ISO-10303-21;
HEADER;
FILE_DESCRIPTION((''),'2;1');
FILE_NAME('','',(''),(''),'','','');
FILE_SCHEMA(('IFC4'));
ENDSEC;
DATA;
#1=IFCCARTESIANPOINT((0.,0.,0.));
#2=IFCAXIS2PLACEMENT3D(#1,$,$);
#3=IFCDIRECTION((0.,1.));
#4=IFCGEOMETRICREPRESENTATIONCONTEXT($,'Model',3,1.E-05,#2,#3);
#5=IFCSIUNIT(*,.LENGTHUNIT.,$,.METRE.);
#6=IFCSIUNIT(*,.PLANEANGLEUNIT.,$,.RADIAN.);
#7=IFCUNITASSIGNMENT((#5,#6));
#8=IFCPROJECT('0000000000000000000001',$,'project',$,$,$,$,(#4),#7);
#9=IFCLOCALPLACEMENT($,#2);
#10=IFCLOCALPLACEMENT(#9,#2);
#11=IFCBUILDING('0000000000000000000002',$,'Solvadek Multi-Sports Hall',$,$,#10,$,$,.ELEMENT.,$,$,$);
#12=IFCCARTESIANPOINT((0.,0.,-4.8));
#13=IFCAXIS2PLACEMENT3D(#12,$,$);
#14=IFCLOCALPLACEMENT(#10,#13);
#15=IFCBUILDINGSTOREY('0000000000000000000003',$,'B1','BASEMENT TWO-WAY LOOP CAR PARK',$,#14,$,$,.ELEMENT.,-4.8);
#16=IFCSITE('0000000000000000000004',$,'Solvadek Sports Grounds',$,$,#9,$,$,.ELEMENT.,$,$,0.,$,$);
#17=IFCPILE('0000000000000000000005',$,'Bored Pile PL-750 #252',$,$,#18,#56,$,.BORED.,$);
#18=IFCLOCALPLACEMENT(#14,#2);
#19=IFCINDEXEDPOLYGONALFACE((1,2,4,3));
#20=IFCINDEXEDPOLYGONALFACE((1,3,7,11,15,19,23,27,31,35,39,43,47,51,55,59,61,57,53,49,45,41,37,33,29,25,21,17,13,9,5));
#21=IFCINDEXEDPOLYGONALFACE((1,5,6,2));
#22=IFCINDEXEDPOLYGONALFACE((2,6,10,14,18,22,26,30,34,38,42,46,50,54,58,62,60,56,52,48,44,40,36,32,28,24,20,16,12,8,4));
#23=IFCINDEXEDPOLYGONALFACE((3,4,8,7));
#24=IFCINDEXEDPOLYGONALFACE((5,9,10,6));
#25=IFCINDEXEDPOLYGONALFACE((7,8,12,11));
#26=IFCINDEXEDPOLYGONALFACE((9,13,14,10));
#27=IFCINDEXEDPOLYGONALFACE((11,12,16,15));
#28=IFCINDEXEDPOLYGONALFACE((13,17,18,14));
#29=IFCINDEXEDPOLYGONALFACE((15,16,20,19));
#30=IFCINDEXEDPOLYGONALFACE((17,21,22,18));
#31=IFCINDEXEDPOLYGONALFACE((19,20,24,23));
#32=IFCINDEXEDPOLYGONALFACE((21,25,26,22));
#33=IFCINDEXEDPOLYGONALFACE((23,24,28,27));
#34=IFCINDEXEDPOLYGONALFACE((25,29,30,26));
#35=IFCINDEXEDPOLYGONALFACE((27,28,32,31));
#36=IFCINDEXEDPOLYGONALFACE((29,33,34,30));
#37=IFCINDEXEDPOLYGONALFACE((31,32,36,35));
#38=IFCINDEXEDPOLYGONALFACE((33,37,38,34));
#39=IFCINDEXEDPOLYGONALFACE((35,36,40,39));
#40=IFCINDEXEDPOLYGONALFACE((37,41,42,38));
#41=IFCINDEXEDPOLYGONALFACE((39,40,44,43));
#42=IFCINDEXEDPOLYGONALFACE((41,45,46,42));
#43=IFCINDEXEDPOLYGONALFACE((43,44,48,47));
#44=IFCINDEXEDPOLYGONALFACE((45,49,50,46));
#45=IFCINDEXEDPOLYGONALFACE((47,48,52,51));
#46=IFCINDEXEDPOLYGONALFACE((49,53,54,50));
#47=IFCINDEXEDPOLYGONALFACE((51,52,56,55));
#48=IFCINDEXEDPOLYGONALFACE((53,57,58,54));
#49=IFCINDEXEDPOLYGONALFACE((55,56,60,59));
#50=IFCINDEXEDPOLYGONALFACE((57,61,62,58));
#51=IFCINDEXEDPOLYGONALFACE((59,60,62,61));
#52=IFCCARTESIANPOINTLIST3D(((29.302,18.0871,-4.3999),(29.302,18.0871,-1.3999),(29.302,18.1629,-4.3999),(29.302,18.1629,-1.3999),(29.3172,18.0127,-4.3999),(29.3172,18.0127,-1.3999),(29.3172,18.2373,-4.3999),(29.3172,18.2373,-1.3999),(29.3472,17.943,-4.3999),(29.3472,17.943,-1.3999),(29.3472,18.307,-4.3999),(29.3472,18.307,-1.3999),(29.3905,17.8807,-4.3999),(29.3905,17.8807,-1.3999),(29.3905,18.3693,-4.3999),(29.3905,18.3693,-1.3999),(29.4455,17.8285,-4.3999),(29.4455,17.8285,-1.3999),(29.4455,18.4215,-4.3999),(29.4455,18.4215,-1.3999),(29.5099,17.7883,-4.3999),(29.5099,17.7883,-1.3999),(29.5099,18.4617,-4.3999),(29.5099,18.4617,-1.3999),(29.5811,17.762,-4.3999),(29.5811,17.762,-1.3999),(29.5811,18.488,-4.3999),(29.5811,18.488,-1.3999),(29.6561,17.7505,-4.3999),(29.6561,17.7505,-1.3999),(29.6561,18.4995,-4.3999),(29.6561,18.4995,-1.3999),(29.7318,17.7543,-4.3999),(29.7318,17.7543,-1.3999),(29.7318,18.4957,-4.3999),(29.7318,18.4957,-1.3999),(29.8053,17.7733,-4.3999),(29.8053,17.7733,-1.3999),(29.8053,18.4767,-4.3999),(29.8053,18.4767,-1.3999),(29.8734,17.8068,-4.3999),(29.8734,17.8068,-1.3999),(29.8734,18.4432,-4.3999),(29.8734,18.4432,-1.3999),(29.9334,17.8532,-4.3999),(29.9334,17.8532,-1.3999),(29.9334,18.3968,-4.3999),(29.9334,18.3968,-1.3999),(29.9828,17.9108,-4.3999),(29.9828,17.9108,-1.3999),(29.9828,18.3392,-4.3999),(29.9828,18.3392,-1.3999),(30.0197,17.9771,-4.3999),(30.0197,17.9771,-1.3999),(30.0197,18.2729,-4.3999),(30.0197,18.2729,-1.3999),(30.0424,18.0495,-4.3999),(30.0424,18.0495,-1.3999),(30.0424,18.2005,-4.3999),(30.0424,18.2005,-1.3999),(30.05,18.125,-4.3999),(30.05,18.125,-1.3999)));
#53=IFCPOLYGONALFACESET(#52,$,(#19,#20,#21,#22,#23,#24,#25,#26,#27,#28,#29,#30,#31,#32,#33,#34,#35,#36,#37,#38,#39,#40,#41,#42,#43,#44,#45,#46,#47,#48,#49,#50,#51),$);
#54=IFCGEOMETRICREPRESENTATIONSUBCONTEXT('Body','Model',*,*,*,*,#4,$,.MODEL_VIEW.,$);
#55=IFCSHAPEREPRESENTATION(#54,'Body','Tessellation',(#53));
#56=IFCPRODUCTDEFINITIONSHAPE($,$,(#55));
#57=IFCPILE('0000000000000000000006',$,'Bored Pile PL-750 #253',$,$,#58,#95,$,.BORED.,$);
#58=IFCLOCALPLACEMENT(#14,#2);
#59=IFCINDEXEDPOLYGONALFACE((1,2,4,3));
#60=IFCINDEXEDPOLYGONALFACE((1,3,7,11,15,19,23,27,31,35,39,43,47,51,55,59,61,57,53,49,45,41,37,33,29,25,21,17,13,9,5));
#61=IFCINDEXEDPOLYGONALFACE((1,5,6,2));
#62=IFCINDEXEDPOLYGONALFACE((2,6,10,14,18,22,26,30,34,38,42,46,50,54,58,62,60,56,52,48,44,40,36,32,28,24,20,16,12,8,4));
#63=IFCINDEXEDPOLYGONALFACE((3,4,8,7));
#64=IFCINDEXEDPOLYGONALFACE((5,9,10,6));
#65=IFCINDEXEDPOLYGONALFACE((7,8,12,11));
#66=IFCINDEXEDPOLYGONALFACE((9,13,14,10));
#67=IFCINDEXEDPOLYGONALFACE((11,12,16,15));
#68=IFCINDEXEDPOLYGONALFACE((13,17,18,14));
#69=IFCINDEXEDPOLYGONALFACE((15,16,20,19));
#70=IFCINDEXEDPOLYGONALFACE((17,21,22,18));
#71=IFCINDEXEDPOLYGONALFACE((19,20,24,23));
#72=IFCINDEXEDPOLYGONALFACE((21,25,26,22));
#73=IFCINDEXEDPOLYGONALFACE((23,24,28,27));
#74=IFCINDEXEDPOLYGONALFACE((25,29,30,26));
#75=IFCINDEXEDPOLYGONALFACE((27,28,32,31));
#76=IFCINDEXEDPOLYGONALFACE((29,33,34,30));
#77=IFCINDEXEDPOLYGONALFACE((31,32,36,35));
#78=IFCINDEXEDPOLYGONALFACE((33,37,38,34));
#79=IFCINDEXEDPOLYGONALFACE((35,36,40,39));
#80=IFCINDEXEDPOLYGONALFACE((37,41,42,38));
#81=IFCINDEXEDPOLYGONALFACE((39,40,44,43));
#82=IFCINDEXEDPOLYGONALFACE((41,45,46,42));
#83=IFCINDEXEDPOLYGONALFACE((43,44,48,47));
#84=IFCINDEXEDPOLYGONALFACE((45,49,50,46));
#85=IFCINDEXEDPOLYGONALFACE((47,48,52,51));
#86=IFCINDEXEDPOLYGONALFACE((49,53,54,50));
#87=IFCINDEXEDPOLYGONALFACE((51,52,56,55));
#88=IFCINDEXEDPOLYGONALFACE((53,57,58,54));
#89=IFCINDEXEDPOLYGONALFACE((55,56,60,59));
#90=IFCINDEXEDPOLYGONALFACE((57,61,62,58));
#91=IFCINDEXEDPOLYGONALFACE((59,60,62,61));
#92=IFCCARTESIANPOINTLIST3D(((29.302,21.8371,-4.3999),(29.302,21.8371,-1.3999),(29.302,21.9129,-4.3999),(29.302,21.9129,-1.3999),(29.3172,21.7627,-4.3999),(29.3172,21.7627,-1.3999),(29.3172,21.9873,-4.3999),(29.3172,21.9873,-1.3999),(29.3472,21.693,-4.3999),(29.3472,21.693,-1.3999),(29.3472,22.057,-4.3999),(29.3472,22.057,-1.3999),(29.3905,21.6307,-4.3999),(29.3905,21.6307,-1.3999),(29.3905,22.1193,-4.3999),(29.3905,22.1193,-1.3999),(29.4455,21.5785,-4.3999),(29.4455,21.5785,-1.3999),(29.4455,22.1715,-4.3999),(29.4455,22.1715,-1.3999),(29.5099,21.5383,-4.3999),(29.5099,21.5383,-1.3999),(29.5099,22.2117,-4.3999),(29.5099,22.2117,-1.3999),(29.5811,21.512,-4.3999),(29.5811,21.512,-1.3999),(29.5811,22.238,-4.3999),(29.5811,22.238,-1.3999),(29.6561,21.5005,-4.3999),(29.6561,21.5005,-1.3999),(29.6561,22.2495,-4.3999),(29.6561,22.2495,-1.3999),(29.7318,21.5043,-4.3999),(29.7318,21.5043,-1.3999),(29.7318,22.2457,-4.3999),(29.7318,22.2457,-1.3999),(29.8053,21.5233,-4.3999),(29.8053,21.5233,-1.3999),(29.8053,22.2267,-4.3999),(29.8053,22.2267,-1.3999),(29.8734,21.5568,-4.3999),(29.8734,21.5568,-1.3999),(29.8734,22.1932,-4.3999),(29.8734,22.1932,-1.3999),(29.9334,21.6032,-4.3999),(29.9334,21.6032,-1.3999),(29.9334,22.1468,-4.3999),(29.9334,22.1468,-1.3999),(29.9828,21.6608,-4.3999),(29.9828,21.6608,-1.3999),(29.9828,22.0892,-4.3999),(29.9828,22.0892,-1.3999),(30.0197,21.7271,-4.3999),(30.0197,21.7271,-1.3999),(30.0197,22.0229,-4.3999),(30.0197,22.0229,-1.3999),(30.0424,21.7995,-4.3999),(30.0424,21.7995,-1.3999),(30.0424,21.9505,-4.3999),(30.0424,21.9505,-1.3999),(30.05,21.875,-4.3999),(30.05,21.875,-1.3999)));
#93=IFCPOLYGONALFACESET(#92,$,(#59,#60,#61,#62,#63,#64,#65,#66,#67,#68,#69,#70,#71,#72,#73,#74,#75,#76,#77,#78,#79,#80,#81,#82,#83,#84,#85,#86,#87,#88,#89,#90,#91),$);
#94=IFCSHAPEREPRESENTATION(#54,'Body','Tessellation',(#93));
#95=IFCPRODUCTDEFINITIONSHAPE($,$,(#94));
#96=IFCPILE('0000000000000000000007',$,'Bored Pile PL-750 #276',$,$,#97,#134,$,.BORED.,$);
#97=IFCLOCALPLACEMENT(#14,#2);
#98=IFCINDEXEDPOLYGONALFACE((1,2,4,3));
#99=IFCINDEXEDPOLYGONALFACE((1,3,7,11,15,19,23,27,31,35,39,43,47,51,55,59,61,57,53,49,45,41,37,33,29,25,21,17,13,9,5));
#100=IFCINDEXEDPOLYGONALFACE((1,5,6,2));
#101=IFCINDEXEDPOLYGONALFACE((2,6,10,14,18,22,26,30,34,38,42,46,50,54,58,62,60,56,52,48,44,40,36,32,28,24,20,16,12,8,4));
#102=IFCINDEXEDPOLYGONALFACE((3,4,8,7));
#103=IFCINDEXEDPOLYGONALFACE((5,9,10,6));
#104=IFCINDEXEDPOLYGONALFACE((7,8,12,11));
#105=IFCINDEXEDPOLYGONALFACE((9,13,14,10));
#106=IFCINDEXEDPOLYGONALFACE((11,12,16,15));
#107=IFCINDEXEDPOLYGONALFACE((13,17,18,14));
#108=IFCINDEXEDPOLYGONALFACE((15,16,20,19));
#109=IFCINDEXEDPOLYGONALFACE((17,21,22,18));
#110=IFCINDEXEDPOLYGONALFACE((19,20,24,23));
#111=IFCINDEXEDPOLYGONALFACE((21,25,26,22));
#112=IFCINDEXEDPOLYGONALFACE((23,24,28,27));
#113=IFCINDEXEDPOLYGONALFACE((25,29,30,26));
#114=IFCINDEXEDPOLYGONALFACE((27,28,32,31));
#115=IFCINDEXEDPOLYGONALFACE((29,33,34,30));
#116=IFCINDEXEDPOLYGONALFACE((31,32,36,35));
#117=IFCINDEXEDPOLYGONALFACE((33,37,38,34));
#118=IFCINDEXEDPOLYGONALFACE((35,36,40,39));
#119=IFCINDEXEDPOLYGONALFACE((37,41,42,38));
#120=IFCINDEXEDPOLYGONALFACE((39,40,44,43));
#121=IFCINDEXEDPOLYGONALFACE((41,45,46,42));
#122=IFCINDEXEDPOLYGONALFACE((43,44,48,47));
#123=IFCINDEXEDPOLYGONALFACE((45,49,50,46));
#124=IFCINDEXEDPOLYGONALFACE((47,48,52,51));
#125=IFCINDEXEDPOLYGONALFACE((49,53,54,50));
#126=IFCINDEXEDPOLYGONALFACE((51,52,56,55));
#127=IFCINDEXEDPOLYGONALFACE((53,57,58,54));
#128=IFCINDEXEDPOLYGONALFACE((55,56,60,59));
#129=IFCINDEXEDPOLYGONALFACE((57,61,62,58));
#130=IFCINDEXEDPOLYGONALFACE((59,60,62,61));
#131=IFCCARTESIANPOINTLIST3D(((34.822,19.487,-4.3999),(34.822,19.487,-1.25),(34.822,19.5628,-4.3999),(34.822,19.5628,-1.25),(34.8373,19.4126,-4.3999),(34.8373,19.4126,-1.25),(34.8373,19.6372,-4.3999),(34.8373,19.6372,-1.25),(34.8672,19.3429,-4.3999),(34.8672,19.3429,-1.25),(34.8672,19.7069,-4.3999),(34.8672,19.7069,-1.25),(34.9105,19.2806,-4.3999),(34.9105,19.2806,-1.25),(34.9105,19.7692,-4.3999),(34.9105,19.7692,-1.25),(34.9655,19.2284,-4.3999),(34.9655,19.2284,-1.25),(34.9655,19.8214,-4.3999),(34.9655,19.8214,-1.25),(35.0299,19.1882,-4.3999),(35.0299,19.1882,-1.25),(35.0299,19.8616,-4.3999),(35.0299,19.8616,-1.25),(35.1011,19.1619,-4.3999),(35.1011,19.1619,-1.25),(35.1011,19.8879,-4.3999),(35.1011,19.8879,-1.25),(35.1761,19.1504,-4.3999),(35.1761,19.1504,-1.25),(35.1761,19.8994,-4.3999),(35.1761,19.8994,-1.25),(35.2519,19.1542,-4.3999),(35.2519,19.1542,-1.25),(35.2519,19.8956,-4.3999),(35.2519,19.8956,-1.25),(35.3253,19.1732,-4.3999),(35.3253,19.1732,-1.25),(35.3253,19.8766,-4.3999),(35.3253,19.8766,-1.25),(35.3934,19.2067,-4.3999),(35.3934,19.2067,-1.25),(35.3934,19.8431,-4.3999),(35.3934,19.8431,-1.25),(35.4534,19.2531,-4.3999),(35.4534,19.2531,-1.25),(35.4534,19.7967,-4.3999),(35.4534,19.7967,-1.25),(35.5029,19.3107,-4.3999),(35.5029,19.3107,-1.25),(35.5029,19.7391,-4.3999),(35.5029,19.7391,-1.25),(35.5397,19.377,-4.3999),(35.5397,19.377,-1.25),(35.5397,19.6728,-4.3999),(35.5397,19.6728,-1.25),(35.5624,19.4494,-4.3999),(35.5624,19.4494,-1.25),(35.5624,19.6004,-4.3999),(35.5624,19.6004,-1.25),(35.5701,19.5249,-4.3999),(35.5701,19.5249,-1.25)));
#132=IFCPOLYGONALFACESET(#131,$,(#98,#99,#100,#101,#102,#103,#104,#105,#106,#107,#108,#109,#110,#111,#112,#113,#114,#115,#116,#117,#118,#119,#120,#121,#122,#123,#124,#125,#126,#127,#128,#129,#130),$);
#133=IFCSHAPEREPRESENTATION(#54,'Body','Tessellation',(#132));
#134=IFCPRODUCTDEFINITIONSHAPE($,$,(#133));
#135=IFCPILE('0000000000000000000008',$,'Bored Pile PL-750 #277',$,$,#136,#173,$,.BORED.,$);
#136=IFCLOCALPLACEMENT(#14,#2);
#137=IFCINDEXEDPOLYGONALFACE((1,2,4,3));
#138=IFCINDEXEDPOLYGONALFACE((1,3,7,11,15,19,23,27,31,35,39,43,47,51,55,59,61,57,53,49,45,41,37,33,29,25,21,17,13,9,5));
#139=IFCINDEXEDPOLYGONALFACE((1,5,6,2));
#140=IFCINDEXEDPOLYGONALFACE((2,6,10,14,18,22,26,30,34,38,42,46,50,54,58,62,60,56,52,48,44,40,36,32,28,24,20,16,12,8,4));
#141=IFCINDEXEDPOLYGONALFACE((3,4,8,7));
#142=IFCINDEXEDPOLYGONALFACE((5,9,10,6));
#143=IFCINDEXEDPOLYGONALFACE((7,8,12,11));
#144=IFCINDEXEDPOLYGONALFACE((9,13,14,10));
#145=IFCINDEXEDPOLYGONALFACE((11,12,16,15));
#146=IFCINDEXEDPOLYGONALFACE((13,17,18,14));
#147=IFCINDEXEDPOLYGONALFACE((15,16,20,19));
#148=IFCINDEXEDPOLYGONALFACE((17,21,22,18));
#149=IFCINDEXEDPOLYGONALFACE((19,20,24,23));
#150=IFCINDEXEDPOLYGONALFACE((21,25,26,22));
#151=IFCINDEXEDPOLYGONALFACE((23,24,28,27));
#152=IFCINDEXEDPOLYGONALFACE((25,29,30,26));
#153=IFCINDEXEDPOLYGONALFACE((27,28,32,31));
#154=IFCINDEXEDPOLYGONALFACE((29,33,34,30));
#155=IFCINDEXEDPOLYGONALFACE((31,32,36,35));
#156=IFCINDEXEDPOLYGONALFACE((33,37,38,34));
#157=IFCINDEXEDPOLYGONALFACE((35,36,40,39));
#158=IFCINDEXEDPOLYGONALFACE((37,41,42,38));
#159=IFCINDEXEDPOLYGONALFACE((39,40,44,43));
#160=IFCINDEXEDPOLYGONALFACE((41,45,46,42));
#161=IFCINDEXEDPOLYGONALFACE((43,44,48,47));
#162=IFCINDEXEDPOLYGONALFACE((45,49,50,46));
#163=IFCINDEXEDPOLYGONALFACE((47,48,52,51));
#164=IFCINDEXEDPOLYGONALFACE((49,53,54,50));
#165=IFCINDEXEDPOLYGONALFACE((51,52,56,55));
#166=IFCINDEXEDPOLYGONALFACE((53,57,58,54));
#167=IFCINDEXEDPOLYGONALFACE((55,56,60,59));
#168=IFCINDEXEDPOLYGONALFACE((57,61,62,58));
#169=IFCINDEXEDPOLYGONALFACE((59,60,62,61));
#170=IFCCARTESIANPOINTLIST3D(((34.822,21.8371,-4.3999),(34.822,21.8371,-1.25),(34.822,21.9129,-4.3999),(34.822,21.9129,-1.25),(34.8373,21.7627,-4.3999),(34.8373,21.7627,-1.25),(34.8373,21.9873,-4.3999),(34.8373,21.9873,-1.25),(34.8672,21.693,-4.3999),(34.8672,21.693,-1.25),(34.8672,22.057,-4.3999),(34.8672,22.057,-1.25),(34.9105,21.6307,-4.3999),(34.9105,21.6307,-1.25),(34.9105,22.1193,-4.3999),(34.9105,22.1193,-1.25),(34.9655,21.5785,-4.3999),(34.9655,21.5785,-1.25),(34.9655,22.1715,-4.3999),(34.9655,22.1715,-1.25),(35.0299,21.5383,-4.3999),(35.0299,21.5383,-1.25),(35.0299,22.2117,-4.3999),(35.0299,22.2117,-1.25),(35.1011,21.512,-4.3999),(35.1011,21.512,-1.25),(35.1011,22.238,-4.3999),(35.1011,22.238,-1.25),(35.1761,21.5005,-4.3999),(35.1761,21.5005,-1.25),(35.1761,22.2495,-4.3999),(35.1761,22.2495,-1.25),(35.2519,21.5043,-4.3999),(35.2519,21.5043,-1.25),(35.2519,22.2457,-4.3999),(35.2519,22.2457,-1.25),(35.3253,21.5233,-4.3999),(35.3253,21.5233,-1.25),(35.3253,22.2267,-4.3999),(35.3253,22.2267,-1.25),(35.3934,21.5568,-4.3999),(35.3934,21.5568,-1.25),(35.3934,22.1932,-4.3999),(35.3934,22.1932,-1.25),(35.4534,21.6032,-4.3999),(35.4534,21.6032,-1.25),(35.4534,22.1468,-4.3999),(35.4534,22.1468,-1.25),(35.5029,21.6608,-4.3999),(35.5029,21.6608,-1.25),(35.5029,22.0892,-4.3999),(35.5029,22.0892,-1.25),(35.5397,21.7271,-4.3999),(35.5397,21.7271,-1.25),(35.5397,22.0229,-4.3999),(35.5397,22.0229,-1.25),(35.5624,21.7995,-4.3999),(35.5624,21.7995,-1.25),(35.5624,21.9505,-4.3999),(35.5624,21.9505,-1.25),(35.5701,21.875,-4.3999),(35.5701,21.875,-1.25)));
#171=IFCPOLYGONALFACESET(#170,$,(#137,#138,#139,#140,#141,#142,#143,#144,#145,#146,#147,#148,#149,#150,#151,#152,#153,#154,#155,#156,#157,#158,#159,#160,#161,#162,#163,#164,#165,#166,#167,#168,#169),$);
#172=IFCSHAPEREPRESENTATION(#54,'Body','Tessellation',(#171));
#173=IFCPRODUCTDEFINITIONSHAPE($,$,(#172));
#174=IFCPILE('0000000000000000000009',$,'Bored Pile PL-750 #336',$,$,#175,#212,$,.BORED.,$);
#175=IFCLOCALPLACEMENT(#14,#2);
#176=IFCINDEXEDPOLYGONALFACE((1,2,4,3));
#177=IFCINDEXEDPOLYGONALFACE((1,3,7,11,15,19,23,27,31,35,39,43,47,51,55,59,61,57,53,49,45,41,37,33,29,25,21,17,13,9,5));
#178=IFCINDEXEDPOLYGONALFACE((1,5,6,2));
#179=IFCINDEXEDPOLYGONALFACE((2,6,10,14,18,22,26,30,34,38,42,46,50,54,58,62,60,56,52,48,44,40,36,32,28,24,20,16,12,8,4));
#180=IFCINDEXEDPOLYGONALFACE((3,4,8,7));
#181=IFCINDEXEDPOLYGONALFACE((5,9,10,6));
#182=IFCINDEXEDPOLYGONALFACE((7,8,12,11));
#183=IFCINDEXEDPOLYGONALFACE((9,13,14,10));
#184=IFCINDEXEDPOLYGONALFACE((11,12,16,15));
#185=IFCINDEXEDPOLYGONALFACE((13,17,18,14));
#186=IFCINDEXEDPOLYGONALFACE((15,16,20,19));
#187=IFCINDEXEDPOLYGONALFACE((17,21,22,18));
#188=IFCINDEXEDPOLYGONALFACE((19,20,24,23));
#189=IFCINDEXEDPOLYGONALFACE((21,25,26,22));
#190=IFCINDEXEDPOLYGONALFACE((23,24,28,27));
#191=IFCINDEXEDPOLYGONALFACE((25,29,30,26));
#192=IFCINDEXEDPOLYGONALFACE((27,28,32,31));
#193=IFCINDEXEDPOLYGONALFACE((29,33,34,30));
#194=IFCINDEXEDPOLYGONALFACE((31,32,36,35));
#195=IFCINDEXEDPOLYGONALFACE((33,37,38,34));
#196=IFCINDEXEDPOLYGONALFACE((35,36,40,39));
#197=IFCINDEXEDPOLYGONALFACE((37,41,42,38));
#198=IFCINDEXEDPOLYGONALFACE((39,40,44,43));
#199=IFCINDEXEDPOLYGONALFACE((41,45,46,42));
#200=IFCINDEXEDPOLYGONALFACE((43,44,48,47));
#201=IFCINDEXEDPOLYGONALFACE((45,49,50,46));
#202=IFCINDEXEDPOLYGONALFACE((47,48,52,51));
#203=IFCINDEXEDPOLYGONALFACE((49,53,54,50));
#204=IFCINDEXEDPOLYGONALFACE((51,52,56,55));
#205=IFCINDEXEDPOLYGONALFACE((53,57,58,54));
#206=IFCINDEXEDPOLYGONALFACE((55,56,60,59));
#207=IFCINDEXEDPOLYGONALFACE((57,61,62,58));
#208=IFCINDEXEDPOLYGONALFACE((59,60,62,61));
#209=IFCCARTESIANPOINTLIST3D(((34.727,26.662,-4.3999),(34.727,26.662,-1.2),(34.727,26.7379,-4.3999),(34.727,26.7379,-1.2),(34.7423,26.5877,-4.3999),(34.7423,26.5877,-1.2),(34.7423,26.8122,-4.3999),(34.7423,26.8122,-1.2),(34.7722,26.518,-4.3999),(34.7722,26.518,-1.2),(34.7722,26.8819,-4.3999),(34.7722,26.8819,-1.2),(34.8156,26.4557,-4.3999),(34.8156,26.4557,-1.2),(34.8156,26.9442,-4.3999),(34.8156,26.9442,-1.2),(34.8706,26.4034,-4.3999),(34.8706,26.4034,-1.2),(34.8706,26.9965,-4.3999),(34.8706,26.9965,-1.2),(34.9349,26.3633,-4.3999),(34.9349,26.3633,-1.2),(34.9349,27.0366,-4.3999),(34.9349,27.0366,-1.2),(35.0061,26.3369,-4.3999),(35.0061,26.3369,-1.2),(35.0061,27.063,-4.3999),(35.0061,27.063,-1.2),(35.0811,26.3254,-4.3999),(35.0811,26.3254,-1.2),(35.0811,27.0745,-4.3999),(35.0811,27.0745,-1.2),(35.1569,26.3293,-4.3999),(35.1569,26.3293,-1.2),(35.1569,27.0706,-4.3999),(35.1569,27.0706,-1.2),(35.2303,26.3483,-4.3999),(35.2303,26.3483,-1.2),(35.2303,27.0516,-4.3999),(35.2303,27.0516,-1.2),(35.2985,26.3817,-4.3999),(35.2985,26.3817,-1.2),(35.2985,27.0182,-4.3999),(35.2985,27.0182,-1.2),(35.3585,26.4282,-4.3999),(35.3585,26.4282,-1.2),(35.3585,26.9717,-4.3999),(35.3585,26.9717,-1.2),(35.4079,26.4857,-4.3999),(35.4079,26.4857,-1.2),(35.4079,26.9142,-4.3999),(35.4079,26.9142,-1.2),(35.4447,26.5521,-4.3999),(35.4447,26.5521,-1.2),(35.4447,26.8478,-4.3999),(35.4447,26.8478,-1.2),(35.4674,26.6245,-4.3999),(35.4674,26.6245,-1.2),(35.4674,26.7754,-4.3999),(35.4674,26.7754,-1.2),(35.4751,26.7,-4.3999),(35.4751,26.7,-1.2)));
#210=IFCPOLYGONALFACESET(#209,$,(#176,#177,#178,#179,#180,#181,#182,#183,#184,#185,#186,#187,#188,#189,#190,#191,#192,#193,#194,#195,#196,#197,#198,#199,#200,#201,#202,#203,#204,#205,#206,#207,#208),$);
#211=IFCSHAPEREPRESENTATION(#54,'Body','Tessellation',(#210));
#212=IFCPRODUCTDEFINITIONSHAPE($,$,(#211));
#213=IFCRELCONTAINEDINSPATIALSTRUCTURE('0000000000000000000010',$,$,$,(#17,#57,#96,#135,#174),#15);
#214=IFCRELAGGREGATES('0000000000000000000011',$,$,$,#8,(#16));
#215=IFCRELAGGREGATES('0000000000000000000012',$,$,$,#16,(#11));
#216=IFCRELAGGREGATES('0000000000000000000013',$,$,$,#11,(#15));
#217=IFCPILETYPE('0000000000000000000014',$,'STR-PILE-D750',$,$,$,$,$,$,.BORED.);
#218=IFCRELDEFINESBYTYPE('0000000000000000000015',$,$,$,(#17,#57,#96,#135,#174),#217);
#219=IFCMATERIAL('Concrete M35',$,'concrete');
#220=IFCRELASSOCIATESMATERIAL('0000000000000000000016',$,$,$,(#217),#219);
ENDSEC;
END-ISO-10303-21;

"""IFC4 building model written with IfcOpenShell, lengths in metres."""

from ifc_helpers import new_model, si_unit, direction, frame, origin, origin_2d, place, context, subcontext, project, spatial, circle, extrude, material, material_profile, profile_set, type_object, element, save


model = new_model("IFC4")

# Units and contexts
model_context = context("Model", 3, precision=1e-05, world=origin(), true_north=direction((0.0, 1.0)))
body_context = subcontext(model_context, "Body", "Model", "MODEL_VIEW")
ifc_project = project(units=[si_unit("LENGTHUNIT", "METRE"), si_unit("PLANEANGLEUNIT", "RADIAN")], contexts=[model_context])

# Site, building, storey
site_placement = place(None, origin())
site = spatial("IfcSite", under=ifc_project, at=site_placement, Name="Solvadek Sports Grounds", CompositionType="ELEMENT", RefElevation=0.0)
building_placement = place(site_placement, origin())
building = spatial("IfcBuilding", under=site, at=building_placement, Name="Solvadek Multi-Sports Hall", CompositionType="ELEMENT")
storey_placement = place(building_placement, frame((0.0, 0.0, -4.8)))
storey = spatial("IfcBuildingStorey", under=building, at=storey_placement, Name="B1", Description="BASEMENT TWO-WAY LOOP CAR PARK", CompositionType="ELEMENT", Elevation=-4.8)

# Piles
ifc_material_1 = material(Name="Concrete M35", Category="concrete")
ifc_material_profile_1 = material_profile(ifc_material_1, circle(Radius=0.375, at=origin_2d()), Name="BORED PILE D750")
ifc_profile_set_1 = profile_set([ifc_material_profile_1], Name="Concrete M35")
pile_type_1 = type_object("IfcPileType", Name="STR-PILE-D750", PredefinedType="BORED", material=ifc_profile_set_1)
for number, where, z_axis, x_axis, name in (
    (1, (29.675, 18.125, -1.3999), (0.0, 0.0, -1.0), (1.0, 0.0, 0.0), "Bored Pile PL-750 #252"),
    (2, (29.675, 21.875, -1.3999), (0.0, 0.0, -1.0), (1.0, 0.0, 0.0), "Bored Pile PL-750 #253"),
):
    element("IfcPile", number, at=place(storey_placement, frame(where, z_axis=z_axis, x_axis=x_axis)), inside=storey, type_object=pile_type_1, Name=name, PredefinedType="BORED", context=body_context, shape_type="SweptSolid", body=[
        extrude(circle(Radius=0.375, at=origin_2d()), origin(), (0.0, 0.0, 1.0), 3.0),
    ])
for number, where, z_axis, x_axis, name in (
    (3, (35.1951, 19.5249, -1.25), (0.0, 0.0, -1.0), (1.0, 0.0, 0.0), "Bored Pile PL-750 #276"),
    (4, (35.1951, 21.875, -1.25), (0.0, 0.0, -1.0), (1.0, 0.0, 0.0), "Bored Pile PL-750 #277"),
):
    element("IfcPile", number, at=place(storey_placement, frame(where, z_axis=z_axis, x_axis=x_axis)), inside=storey, type_object=pile_type_1, Name=name, PredefinedType="BORED", context=body_context, shape_type="SweptSolid", body=[
        extrude(circle(Radius=0.375, at=origin_2d()), origin(), (0.0, 0.0, 1.0), 3.1499),
    ])
pile_1_placement = place(storey_placement, frame((35.1001, 26.7, -1.2), z_axis=(0.0, 0.0, -1.0), x_axis=(1.0, 0.0, 0.0)))
element("IfcPile", 5, at=pile_1_placement, inside=storey, type_object=pile_type_1, Name="Bored Pile PL-750 #336", PredefinedType="BORED", context=body_context, shape_type="SweptSolid", body=[
    extrude(circle(Radius=0.375, at=origin_2d()), origin(), (0.0, 0.0, 1.0), 3.2),
])

save(model, "model.ifc")
